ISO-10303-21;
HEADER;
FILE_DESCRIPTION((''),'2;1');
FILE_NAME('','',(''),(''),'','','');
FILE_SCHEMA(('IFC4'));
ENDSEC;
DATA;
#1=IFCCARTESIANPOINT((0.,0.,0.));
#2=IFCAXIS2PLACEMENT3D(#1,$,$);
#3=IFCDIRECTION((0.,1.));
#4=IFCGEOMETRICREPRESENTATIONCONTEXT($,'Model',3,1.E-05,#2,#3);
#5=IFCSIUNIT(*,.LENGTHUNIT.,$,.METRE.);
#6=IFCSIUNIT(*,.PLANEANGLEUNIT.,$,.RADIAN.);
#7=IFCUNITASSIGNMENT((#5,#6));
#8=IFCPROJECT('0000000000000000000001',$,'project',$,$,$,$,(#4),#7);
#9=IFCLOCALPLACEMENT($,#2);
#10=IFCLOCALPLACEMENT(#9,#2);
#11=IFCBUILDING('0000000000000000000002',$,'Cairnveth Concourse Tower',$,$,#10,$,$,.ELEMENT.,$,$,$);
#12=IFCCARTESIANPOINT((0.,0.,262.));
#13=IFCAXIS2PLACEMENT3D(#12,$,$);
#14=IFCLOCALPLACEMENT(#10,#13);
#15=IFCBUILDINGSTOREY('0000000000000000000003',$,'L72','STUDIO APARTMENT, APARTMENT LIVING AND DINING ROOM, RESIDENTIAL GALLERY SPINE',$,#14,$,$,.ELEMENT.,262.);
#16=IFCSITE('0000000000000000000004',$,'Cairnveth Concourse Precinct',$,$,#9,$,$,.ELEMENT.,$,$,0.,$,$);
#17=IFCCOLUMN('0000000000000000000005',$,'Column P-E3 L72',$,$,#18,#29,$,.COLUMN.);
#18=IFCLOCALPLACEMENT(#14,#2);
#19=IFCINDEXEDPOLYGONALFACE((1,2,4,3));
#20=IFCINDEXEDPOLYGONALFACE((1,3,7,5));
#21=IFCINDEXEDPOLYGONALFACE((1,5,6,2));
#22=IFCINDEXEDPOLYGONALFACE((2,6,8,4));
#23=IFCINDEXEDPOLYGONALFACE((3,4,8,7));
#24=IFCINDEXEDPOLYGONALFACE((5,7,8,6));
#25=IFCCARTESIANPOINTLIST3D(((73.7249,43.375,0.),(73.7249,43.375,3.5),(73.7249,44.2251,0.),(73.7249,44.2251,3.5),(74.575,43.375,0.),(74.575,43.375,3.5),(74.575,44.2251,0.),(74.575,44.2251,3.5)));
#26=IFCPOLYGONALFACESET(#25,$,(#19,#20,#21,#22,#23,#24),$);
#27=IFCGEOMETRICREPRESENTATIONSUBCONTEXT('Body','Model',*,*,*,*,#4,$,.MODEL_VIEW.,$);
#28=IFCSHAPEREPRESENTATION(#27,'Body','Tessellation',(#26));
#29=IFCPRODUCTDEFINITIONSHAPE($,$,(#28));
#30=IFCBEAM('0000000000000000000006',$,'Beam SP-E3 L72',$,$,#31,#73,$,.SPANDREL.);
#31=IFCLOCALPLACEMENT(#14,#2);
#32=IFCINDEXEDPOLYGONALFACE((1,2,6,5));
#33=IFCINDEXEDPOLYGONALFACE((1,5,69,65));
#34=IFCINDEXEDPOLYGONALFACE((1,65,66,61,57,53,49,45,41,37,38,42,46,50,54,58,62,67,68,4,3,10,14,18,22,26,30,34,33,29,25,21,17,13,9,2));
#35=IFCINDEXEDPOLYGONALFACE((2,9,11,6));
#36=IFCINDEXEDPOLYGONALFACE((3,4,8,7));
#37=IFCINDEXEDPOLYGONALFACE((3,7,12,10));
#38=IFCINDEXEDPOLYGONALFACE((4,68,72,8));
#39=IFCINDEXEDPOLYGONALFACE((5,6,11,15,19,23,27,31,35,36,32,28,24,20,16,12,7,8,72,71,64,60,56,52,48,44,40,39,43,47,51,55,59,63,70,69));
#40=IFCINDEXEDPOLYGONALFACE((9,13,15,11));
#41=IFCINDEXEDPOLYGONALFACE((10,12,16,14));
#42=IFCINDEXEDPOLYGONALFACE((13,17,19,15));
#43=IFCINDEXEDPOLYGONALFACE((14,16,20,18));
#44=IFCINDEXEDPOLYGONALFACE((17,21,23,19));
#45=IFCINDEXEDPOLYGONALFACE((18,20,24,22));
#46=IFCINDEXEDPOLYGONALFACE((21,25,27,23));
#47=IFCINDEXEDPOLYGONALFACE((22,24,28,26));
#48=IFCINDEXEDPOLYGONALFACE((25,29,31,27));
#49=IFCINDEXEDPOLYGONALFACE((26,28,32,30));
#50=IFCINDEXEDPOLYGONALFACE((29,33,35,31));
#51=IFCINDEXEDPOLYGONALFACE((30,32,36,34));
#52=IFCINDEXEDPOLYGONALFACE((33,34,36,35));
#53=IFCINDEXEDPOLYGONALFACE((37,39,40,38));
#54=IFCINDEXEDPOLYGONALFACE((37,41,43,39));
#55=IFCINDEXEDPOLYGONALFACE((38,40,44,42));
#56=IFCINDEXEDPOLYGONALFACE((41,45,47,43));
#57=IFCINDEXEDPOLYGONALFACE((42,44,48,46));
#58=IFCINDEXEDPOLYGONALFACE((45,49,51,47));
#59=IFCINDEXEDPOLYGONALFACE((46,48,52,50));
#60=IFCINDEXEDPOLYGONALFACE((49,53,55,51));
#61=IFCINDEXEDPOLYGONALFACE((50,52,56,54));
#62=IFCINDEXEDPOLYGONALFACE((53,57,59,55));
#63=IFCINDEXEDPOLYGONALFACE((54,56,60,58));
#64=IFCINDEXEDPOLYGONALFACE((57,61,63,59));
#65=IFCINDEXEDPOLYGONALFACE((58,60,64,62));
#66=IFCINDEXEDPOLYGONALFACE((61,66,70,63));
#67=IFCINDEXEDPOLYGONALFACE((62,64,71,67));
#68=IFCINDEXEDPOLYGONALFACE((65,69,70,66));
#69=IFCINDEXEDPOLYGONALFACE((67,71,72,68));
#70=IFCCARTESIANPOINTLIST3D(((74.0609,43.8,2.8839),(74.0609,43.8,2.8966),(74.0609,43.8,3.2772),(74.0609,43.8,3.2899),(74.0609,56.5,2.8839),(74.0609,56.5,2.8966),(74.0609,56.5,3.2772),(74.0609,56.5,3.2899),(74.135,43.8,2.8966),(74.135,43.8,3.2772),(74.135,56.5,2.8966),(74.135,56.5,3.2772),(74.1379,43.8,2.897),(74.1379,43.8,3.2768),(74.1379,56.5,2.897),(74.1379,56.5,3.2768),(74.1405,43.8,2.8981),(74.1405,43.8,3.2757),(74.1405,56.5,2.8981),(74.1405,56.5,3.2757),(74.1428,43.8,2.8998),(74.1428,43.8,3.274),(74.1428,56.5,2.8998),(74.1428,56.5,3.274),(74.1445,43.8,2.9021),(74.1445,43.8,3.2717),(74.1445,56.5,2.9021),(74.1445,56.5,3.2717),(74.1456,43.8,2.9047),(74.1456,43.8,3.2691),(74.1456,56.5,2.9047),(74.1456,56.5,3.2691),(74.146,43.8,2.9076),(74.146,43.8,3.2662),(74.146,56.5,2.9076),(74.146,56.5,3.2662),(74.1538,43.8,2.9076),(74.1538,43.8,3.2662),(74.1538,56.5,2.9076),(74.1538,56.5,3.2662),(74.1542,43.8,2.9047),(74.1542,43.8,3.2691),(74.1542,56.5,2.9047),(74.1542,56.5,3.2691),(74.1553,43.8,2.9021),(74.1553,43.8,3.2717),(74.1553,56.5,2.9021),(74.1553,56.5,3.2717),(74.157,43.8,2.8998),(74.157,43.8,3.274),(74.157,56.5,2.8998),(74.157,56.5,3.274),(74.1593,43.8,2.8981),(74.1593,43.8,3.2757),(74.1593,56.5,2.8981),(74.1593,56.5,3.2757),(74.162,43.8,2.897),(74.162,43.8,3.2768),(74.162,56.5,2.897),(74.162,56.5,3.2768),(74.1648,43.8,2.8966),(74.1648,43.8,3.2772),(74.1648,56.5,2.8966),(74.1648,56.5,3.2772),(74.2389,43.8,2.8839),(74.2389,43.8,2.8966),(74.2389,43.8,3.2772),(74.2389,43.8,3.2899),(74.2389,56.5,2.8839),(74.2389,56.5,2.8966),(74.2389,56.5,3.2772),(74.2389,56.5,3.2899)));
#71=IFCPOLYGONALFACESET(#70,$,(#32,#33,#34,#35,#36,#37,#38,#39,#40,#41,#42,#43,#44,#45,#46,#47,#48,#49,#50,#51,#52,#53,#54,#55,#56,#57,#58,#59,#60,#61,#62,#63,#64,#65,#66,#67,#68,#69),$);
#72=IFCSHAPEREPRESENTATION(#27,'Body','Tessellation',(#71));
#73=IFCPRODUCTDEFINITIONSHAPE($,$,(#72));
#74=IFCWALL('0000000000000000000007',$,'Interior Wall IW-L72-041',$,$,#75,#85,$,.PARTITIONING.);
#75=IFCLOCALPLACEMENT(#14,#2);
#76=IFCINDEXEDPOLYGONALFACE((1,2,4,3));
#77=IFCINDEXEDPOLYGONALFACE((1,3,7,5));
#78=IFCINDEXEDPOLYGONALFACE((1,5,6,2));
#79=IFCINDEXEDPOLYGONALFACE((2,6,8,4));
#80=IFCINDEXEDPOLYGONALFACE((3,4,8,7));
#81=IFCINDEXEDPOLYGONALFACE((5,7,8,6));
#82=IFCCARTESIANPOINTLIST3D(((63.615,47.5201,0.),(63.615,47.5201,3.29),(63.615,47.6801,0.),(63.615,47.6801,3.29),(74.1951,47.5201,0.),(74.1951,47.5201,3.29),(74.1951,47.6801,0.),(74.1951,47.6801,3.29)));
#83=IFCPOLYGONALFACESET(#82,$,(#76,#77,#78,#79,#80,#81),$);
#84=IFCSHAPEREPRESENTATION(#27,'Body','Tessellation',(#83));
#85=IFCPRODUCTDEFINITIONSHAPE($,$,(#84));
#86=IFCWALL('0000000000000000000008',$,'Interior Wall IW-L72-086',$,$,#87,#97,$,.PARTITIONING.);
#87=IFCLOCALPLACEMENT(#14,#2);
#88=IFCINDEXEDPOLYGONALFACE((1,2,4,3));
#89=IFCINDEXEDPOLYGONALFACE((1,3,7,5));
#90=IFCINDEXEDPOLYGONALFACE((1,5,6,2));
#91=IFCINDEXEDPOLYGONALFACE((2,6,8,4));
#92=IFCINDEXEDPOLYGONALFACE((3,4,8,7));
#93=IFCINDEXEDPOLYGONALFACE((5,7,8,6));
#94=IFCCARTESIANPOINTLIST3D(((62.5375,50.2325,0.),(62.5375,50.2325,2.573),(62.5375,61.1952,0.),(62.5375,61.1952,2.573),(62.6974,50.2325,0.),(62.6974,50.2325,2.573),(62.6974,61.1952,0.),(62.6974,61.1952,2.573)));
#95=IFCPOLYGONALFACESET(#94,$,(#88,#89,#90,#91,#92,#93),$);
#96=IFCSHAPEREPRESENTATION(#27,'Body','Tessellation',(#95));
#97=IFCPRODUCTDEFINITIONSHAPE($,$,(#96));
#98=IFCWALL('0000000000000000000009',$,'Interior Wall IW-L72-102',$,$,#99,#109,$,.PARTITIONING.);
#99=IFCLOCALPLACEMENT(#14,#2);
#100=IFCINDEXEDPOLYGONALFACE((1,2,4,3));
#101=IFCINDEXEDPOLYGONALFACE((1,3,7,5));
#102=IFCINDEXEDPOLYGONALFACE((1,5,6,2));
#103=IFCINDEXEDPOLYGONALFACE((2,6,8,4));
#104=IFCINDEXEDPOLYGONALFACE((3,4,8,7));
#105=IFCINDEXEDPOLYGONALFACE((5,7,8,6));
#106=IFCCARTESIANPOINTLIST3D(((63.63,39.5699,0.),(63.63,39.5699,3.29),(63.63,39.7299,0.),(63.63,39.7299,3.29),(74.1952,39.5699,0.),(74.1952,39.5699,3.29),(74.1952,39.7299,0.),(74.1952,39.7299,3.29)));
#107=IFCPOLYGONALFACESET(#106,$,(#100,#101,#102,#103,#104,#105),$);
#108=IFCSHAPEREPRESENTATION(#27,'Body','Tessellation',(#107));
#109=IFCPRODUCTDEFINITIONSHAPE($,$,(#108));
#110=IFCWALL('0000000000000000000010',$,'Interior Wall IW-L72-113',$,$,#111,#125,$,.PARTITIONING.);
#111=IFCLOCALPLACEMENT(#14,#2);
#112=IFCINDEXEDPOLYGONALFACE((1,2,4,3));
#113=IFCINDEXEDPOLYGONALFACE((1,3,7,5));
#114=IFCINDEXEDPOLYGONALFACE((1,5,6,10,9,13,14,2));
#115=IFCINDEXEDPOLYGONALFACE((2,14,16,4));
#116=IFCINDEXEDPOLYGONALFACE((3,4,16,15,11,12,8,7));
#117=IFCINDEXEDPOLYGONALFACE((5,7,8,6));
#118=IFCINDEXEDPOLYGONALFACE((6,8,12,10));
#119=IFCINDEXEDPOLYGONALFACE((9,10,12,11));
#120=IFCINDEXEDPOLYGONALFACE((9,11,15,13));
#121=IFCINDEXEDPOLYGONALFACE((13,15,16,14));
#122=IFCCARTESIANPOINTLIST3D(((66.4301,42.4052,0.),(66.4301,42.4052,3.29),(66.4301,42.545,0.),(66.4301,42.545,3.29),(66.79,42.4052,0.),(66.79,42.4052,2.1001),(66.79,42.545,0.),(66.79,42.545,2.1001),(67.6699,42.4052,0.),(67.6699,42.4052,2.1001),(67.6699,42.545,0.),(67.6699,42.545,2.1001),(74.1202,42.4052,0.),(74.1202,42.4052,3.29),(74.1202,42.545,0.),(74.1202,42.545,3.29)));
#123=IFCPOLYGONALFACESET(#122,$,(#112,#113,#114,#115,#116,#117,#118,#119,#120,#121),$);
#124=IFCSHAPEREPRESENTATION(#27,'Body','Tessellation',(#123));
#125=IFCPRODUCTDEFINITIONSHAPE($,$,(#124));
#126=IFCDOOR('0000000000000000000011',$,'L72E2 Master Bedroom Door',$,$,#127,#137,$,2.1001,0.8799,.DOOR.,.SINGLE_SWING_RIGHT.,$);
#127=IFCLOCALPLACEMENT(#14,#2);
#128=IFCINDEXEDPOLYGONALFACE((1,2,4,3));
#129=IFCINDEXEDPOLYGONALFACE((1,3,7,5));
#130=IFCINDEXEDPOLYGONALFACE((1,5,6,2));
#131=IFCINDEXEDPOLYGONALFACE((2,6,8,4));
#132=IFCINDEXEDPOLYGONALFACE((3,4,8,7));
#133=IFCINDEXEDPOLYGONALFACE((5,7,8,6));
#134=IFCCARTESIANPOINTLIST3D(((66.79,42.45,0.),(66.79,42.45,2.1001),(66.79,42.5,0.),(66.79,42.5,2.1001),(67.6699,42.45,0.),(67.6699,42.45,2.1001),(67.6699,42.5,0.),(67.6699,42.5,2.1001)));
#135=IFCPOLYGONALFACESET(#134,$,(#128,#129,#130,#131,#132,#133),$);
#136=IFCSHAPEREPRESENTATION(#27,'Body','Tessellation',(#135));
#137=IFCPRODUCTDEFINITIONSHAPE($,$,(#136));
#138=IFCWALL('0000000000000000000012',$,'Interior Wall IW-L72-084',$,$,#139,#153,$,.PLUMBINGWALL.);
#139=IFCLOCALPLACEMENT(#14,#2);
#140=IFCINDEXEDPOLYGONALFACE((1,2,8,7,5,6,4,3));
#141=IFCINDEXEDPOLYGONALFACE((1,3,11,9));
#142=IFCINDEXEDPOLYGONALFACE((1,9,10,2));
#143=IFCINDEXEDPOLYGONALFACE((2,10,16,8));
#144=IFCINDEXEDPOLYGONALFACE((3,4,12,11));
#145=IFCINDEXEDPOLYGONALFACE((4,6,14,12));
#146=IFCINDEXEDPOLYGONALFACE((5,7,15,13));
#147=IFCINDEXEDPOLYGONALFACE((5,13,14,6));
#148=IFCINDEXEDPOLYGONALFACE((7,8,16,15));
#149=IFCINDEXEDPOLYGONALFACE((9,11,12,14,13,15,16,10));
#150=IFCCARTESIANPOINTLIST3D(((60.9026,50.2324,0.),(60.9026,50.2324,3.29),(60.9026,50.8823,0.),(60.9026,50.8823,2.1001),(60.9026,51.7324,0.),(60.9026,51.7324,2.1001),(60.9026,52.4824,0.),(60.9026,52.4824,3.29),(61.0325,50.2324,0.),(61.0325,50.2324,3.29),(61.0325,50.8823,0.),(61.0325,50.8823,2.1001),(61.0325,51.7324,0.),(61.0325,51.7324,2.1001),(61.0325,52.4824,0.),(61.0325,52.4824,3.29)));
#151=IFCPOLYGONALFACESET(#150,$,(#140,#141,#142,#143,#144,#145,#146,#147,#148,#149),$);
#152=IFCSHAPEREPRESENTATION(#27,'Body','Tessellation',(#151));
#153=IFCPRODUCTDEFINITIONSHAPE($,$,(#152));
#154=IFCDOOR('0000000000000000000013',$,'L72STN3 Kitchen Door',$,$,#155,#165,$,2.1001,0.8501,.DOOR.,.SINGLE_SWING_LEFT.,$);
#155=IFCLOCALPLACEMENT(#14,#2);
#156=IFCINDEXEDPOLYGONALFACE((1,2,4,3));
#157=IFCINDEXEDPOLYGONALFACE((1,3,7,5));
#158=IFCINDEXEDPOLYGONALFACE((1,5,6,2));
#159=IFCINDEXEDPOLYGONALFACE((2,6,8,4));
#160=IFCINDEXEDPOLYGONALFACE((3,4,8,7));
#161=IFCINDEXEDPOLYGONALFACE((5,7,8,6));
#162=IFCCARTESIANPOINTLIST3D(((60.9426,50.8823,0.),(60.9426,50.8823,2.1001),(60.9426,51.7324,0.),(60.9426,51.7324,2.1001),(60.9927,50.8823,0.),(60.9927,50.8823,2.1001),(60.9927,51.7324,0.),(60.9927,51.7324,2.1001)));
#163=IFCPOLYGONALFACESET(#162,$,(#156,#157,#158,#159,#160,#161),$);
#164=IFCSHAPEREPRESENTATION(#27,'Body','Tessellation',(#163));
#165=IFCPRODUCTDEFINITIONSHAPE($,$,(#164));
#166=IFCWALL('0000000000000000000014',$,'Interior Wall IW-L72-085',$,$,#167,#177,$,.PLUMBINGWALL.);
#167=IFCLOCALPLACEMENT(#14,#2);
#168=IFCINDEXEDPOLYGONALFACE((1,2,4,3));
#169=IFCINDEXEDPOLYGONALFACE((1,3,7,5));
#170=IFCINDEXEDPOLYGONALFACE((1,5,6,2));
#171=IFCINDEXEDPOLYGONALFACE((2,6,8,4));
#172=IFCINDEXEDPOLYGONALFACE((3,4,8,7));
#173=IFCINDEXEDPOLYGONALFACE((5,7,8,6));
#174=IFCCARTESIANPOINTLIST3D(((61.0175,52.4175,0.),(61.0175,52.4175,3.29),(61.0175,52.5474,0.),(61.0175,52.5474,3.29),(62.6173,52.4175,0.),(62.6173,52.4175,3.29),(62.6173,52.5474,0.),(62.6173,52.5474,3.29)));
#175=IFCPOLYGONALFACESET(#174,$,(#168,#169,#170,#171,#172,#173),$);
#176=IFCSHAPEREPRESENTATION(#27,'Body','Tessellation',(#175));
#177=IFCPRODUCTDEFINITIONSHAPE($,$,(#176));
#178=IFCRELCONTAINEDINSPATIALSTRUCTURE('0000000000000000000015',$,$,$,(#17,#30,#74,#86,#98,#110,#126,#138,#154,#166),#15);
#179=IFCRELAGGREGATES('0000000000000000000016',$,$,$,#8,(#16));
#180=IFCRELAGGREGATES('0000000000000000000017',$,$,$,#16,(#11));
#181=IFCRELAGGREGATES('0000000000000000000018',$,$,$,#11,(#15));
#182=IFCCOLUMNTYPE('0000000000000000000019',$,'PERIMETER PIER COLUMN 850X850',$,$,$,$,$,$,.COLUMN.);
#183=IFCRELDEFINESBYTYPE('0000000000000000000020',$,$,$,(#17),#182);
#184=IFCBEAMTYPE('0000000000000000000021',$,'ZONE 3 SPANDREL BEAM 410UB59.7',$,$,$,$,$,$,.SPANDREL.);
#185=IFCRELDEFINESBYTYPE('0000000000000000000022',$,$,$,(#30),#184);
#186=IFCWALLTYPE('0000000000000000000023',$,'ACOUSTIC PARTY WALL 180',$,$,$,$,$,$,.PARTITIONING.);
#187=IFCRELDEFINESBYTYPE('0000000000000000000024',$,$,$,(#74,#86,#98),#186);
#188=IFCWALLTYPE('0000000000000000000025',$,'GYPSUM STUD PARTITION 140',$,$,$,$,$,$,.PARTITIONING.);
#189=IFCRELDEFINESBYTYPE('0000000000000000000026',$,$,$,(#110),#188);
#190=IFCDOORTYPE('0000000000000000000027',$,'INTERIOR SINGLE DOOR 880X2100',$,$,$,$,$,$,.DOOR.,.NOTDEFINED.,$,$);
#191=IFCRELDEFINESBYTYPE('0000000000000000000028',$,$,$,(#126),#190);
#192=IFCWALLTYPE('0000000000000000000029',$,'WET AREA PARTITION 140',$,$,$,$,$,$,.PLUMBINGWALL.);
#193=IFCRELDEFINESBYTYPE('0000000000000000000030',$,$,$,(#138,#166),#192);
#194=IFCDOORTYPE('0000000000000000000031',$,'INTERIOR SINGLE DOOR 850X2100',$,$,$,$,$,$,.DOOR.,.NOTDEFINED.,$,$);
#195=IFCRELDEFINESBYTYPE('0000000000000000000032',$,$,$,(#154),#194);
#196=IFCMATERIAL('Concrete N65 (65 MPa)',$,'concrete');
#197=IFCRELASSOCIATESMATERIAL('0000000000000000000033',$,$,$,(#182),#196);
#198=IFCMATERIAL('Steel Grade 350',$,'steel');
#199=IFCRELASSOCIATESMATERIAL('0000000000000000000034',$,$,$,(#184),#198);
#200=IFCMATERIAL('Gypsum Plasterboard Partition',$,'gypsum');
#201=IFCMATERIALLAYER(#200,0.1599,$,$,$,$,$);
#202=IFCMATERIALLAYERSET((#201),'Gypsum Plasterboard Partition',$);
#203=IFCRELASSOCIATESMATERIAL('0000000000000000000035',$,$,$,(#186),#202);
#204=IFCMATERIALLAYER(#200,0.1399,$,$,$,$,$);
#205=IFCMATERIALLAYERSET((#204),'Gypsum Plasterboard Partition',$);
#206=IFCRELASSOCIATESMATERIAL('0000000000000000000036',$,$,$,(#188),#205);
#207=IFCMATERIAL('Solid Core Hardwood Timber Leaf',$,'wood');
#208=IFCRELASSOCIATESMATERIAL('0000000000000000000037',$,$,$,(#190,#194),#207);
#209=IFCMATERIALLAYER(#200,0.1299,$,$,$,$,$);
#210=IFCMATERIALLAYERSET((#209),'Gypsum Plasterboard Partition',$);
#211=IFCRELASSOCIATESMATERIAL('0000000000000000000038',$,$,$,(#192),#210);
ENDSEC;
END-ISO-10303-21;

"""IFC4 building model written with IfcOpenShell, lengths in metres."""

from ifc_helpers import new_model, si_unit, direction, frame, frame_2d, origin, origin_2d, place, context, subcontext, project, spatial, rectangle, i_section, extrude, material, layer, layer_set, material_profile, profile_set, type_object, element, fill, save


model = new_model("IFC4")

# Units and contexts
model_context = context("Model", 3, precision=1e-05, world=origin(), true_north=direction((0.0, 1.0)))
body_context = subcontext(model_context, "Body", "Model", "MODEL_VIEW")
ifc_project = project(units=[si_unit("LENGTHUNIT", "METRE"), si_unit("PLANEANGLEUNIT", "RADIAN")], contexts=[model_context])

# Site, building, storey
site_placement = place(None, origin())
site = spatial("IfcSite", under=ifc_project, at=site_placement, Name="Cairnveth Concourse Precinct", CompositionType="ELEMENT", RefElevation=0.0)
building_placement = place(site_placement, origin())
building = spatial("IfcBuilding", under=site, at=building_placement, Name="Cairnveth Concourse Tower", CompositionType="ELEMENT")
storey_placement = place(building_placement, frame((0.0, 0.0, 262.0)))
storey = spatial("IfcBuildingStorey", under=building, at=storey_placement, Name="L72", Description="STUDIO APARTMENT, APARTMENT LIVING AND DINING ROOM, RESIDENTIAL GALLERY SPINE", CompositionType="ELEMENT", Elevation=262.0)

# Column
ifc_material_1 = material(Name="Concrete N65 (65 MPa)", Category="concrete")
ifc_material_profile_1 = material_profile(ifc_material_1, rectangle(XDim=0.8501, YDim=0.8501, at=origin_2d()), Name="RC-COL-850x850")
ifc_profile_set_1 = profile_set([ifc_material_profile_1], Name="Concrete N65 (65 MPa)")
column_type = type_object("IfcColumnType", Name="PERIMETER PIER COLUMN 850X850", PredefinedType="COLUMN", material=ifc_profile_set_1)
column_placement = place(storey_placement, frame((74.1499, 43.8, 0.0), z_axis=(0.0, 0.0, 1.0), x_axis=(0.0, 1.0, 0.0)))
element("IfcColumn", 1, at=column_placement, inside=storey, type_object=column_type, Name="Column P-E3 L72", PredefinedType="COLUMN", context=body_context, shape_type="SweptSolid", body=[
    extrude(rectangle(XDim=0.8501, YDim=0.8501, at=origin_2d()), origin(), (0.0, 0.0, 1.0), 3.5),
])

# Beam
ifc_material_2 = material(Name="Steel Grade 350", Category="steel")
ifc_material_profile_2 = material_profile(ifc_material_2, i_section(OverallWidth=0.178, OverallDepth=0.406, WebThickness=0.0078, FlangeThickness=0.0127, FilletRadius=0.011, at=origin_2d()), Name="410UB59.7")
ifc_profile_set_2 = profile_set([ifc_material_profile_2], Name="Steel Grade 350")
beam_type = type_object("IfcBeamType", Name="ZONE 3 SPANDREL BEAM 410UB59.7", PredefinedType="SPANDREL", material=ifc_profile_set_2)
beam_placement = place(storey_placement, frame((74.1499, 43.8, 3.0869), z_axis=(0.0, 1.0, 0.0), x_axis=(-1.0, 0.0, 0.0)))
element("IfcBeam", 2, at=beam_placement, inside=storey, type_object=beam_type, Name="Beam SP-E3 L72", PredefinedType="SPANDREL", context=body_context, shape_type="SweptSolid", body=[
    extrude(i_section(OverallWidth=0.178, OverallDepth=0.406, WebThickness=0.0078, FlangeThickness=0.0127, FilletRadius=0.011, at=origin_2d()), origin(), (0.0, 0.0, 1.0), 12.7),
])

# Walls
ifc_material_3 = material(Name="Gypsum Plasterboard Partition", Category="gypsum")
ifc_layer_1 = layer(ifc_material_3, 0.1599)
ifc_layer_set_1 = layer_set([ifc_layer_1], Name="Gypsum Plasterboard Partition")
wall_type_1 = type_object("IfcWallType", Name="ACOUSTIC PARTY WALL 180", PredefinedType="PARTITIONING", material=ifc_layer_set_1)
wall_1_placement = place(storey_placement, frame((63.615, 47.6001, 0.0), z_axis=(0.0, 0.0, 1.0), x_axis=(1.0, 0.0, 0.0)))
element("IfcWall", 3, at=wall_1_placement, inside=storey, type_object=wall_type_1, Name="Interior Wall IW-L72-041", PredefinedType="PARTITIONING", context=body_context, shape_type="SweptSolid", body=[
    extrude(rectangle(XDim=10.5801, YDim=0.1599, at=frame_2d((5.29, 0.0))), origin(), (0.0, 0.0, 1.0), 3.29),
])
wall_2_placement = place(storey_placement, frame((62.6174, 50.2324, 0.0), z_axis=(0.0, 0.0, 1.0), x_axis=(0.0, 1.0, 0.0)))
element("IfcWall", 4, at=wall_2_placement, inside=storey, type_object=wall_type_1, Name="Interior Wall IW-L72-086", PredefinedType="PARTITIONING", context=body_context, shape_type="SweptSolid", body=[
    extrude(rectangle(XDim=10.9626, YDim=0.1599, at=frame_2d((5.4814, 0.0))), origin(), (0.0, 0.0, 1.0), 2.573),
])
wall_3_placement = place(storey_placement, frame((63.6299, 39.6499, 0.0), z_axis=(0.0, 0.0, 1.0), x_axis=(1.0, 0.0, 0.0)))
element("IfcWall", 5, at=wall_3_placement, inside=storey, type_object=wall_type_1, Name="Interior Wall IW-L72-102", PredefinedType="PARTITIONING", context=body_context, shape_type="SweptSolid", body=[
    extrude(rectangle(XDim=10.5652, YDim=0.1599, at=frame_2d((5.2827, 0.0))), origin(), (0.0, 0.0, 1.0), 3.29),
])

# Walls, openings, doors
ifc_layer_2 = layer(ifc_material_3, 0.1399)
ifc_layer_set_2 = layer_set([ifc_layer_2], Name="Gypsum Plasterboard Partition")
wall_type_2 = type_object("IfcWallType", Name="GYPSUM STUD PARTITION 140", PredefinedType="PARTITIONING", material=ifc_layer_set_2)
wall_4_placement = place(storey_placement, frame((66.4299, 42.4751, 0.0), z_axis=(0.0, 0.0, 1.0), x_axis=(1.0, 0.0, 0.0)))
wall_4 = element("IfcWall", 6, at=wall_4_placement, inside=storey, type_object=wall_type_2, Name="Interior Wall IW-L72-113", PredefinedType="PARTITIONING", context=body_context, shape_type="SweptSolid", body=[
    extrude(rectangle(XDim=7.6902, YDim=0.1399, at=frame_2d((3.8452, 0.0))), origin(), (0.0, 0.0, 1.0), 3.29),
])
opening_1_placement = place(wall_4_placement, frame((0.3601, 0.0, 0.0)))
opening_1 = element("IfcOpeningElement", 7, at=opening_1_placement, cuts=wall_4, PredefinedType="OPENING", context=body_context, shape_type="SweptSolid", body=[
    extrude(rectangle(XDim=0.8799, YDim=2.1001, at=frame_2d((0.4399, 1.05))), frame((0.0, 0.0798, 0.0), z_axis=(0.0, -1.0, 0.0), x_axis=(1.0, 0.0, 0.0)), (0.0, 0.0, 1.0), 0.1599),
])
ifc_material_4 = material(Name="Solid Core Hardwood Timber Leaf", Category="wood")
door_type_1 = type_object("IfcDoorType", Name="INTERIOR SINGLE DOOR 880X2100", OperationType="NOTDEFINED", PredefinedType="DOOR", material=ifc_material_4)
door_1_placement = place(opening_1_placement, origin())
door_1 = element("IfcDoor", 8, at=door_1_placement, inside=storey, type_object=door_type_1, Name="L72E2 Master Bedroom Door", OperationType="SINGLE_SWING_RIGHT", OverallHeight=2.1001, OverallWidth=0.8799, PredefinedType="DOOR", context=body_context, shape_type="SweptSolid", body=[
    extrude(rectangle(XDim=0.8799, YDim=2.1001, at=frame_2d((0.4399, 1.05))), frame((0.0, 0.0249, 0.0), z_axis=(0.0, -1.0, 0.0), x_axis=(1.0, 0.0, 0.0)), (0.0, 0.0, 1.0), 0.05),
])
fill(opening_1, door_1)
ifc_layer_3 = layer(ifc_material_3, 0.1299)
ifc_layer_set_3 = layer_set([ifc_layer_3], Name="Gypsum Plasterboard Partition")
wall_type_3 = type_object("IfcWallType", Name="WET AREA PARTITION 140", PredefinedType="PLUMBINGWALL", material=ifc_layer_set_3)
wall_5_placement = place(storey_placement, frame((60.9675, 50.2324, 0.0), z_axis=(0.0, 0.0, 1.0), x_axis=(0.0, 1.0, 0.0)))
wall_5 = element("IfcWall", 9, at=wall_5_placement, inside=storey, type_object=wall_type_3, Name="Interior Wall IW-L72-084", PredefinedType="PLUMBINGWALL", context=body_context, shape_type="SweptSolid", body=[
    extrude(rectangle(XDim=2.25, YDim=0.1299, at=frame_2d((1.125, 0.0))), origin(), (0.0, 0.0, 1.0), 3.29),
])
opening_2_placement = place(wall_5_placement, frame((0.6499, 0.0, 0.0)))
opening_2 = element("IfcOpeningElement", 10, at=opening_2_placement, cuts=wall_5, PredefinedType="OPENING", context=body_context, shape_type="SweptSolid", body=[
    extrude(rectangle(XDim=0.8501, YDim=2.1001, at=frame_2d((0.425, 1.05))), frame((0.0, 0.075, 0.0), z_axis=(0.0, -1.0, 0.0), x_axis=(1.0, 0.0, 0.0)), (0.0, 0.0, 1.0), 0.1499),
])
door_type_2 = type_object("IfcDoorType", Name="INTERIOR SINGLE DOOR 850X2100", OperationType="NOTDEFINED", PredefinedType="DOOR", material=ifc_material_4)
door_2_placement = place(opening_2_placement, origin())
door_2 = element("IfcDoor", 11, at=door_2_placement, inside=storey, type_object=door_type_2, Name="L72STN3 Kitchen Door", OperationType="SINGLE_SWING_LEFT", OverallHeight=2.1001, OverallWidth=0.8501, PredefinedType="DOOR", context=body_context, shape_type="SweptSolid", body=[
    extrude(rectangle(XDim=0.8501, YDim=2.1001, at=frame_2d((0.425, 1.05))), frame((0.0, 0.0249, 0.0), z_axis=(0.0, -1.0, 0.0), x_axis=(1.0, 0.0, 0.0)), (0.0, 0.0, 1.0), 0.05),
])
fill(opening_2, door_2)

# Wall
wall_6_placement = place(storey_placement, frame((61.0176, 52.4824, 0.0), z_axis=(0.0, 0.0, 1.0), x_axis=(1.0, 0.0, 0.0)))
element("IfcWall", 12, at=wall_6_placement, inside=storey, type_object=wall_type_3, Name="Interior Wall IW-L72-085", PredefinedType="PLUMBINGWALL", context=body_context, shape_type="SweptSolid", body=[
    extrude(rectangle(XDim=1.5999, YDim=0.1299, at=frame_2d((0.7998, 0.0))), origin(), (0.0, 0.0, 1.0), 3.29),
])

save(model, "model.ifc")
